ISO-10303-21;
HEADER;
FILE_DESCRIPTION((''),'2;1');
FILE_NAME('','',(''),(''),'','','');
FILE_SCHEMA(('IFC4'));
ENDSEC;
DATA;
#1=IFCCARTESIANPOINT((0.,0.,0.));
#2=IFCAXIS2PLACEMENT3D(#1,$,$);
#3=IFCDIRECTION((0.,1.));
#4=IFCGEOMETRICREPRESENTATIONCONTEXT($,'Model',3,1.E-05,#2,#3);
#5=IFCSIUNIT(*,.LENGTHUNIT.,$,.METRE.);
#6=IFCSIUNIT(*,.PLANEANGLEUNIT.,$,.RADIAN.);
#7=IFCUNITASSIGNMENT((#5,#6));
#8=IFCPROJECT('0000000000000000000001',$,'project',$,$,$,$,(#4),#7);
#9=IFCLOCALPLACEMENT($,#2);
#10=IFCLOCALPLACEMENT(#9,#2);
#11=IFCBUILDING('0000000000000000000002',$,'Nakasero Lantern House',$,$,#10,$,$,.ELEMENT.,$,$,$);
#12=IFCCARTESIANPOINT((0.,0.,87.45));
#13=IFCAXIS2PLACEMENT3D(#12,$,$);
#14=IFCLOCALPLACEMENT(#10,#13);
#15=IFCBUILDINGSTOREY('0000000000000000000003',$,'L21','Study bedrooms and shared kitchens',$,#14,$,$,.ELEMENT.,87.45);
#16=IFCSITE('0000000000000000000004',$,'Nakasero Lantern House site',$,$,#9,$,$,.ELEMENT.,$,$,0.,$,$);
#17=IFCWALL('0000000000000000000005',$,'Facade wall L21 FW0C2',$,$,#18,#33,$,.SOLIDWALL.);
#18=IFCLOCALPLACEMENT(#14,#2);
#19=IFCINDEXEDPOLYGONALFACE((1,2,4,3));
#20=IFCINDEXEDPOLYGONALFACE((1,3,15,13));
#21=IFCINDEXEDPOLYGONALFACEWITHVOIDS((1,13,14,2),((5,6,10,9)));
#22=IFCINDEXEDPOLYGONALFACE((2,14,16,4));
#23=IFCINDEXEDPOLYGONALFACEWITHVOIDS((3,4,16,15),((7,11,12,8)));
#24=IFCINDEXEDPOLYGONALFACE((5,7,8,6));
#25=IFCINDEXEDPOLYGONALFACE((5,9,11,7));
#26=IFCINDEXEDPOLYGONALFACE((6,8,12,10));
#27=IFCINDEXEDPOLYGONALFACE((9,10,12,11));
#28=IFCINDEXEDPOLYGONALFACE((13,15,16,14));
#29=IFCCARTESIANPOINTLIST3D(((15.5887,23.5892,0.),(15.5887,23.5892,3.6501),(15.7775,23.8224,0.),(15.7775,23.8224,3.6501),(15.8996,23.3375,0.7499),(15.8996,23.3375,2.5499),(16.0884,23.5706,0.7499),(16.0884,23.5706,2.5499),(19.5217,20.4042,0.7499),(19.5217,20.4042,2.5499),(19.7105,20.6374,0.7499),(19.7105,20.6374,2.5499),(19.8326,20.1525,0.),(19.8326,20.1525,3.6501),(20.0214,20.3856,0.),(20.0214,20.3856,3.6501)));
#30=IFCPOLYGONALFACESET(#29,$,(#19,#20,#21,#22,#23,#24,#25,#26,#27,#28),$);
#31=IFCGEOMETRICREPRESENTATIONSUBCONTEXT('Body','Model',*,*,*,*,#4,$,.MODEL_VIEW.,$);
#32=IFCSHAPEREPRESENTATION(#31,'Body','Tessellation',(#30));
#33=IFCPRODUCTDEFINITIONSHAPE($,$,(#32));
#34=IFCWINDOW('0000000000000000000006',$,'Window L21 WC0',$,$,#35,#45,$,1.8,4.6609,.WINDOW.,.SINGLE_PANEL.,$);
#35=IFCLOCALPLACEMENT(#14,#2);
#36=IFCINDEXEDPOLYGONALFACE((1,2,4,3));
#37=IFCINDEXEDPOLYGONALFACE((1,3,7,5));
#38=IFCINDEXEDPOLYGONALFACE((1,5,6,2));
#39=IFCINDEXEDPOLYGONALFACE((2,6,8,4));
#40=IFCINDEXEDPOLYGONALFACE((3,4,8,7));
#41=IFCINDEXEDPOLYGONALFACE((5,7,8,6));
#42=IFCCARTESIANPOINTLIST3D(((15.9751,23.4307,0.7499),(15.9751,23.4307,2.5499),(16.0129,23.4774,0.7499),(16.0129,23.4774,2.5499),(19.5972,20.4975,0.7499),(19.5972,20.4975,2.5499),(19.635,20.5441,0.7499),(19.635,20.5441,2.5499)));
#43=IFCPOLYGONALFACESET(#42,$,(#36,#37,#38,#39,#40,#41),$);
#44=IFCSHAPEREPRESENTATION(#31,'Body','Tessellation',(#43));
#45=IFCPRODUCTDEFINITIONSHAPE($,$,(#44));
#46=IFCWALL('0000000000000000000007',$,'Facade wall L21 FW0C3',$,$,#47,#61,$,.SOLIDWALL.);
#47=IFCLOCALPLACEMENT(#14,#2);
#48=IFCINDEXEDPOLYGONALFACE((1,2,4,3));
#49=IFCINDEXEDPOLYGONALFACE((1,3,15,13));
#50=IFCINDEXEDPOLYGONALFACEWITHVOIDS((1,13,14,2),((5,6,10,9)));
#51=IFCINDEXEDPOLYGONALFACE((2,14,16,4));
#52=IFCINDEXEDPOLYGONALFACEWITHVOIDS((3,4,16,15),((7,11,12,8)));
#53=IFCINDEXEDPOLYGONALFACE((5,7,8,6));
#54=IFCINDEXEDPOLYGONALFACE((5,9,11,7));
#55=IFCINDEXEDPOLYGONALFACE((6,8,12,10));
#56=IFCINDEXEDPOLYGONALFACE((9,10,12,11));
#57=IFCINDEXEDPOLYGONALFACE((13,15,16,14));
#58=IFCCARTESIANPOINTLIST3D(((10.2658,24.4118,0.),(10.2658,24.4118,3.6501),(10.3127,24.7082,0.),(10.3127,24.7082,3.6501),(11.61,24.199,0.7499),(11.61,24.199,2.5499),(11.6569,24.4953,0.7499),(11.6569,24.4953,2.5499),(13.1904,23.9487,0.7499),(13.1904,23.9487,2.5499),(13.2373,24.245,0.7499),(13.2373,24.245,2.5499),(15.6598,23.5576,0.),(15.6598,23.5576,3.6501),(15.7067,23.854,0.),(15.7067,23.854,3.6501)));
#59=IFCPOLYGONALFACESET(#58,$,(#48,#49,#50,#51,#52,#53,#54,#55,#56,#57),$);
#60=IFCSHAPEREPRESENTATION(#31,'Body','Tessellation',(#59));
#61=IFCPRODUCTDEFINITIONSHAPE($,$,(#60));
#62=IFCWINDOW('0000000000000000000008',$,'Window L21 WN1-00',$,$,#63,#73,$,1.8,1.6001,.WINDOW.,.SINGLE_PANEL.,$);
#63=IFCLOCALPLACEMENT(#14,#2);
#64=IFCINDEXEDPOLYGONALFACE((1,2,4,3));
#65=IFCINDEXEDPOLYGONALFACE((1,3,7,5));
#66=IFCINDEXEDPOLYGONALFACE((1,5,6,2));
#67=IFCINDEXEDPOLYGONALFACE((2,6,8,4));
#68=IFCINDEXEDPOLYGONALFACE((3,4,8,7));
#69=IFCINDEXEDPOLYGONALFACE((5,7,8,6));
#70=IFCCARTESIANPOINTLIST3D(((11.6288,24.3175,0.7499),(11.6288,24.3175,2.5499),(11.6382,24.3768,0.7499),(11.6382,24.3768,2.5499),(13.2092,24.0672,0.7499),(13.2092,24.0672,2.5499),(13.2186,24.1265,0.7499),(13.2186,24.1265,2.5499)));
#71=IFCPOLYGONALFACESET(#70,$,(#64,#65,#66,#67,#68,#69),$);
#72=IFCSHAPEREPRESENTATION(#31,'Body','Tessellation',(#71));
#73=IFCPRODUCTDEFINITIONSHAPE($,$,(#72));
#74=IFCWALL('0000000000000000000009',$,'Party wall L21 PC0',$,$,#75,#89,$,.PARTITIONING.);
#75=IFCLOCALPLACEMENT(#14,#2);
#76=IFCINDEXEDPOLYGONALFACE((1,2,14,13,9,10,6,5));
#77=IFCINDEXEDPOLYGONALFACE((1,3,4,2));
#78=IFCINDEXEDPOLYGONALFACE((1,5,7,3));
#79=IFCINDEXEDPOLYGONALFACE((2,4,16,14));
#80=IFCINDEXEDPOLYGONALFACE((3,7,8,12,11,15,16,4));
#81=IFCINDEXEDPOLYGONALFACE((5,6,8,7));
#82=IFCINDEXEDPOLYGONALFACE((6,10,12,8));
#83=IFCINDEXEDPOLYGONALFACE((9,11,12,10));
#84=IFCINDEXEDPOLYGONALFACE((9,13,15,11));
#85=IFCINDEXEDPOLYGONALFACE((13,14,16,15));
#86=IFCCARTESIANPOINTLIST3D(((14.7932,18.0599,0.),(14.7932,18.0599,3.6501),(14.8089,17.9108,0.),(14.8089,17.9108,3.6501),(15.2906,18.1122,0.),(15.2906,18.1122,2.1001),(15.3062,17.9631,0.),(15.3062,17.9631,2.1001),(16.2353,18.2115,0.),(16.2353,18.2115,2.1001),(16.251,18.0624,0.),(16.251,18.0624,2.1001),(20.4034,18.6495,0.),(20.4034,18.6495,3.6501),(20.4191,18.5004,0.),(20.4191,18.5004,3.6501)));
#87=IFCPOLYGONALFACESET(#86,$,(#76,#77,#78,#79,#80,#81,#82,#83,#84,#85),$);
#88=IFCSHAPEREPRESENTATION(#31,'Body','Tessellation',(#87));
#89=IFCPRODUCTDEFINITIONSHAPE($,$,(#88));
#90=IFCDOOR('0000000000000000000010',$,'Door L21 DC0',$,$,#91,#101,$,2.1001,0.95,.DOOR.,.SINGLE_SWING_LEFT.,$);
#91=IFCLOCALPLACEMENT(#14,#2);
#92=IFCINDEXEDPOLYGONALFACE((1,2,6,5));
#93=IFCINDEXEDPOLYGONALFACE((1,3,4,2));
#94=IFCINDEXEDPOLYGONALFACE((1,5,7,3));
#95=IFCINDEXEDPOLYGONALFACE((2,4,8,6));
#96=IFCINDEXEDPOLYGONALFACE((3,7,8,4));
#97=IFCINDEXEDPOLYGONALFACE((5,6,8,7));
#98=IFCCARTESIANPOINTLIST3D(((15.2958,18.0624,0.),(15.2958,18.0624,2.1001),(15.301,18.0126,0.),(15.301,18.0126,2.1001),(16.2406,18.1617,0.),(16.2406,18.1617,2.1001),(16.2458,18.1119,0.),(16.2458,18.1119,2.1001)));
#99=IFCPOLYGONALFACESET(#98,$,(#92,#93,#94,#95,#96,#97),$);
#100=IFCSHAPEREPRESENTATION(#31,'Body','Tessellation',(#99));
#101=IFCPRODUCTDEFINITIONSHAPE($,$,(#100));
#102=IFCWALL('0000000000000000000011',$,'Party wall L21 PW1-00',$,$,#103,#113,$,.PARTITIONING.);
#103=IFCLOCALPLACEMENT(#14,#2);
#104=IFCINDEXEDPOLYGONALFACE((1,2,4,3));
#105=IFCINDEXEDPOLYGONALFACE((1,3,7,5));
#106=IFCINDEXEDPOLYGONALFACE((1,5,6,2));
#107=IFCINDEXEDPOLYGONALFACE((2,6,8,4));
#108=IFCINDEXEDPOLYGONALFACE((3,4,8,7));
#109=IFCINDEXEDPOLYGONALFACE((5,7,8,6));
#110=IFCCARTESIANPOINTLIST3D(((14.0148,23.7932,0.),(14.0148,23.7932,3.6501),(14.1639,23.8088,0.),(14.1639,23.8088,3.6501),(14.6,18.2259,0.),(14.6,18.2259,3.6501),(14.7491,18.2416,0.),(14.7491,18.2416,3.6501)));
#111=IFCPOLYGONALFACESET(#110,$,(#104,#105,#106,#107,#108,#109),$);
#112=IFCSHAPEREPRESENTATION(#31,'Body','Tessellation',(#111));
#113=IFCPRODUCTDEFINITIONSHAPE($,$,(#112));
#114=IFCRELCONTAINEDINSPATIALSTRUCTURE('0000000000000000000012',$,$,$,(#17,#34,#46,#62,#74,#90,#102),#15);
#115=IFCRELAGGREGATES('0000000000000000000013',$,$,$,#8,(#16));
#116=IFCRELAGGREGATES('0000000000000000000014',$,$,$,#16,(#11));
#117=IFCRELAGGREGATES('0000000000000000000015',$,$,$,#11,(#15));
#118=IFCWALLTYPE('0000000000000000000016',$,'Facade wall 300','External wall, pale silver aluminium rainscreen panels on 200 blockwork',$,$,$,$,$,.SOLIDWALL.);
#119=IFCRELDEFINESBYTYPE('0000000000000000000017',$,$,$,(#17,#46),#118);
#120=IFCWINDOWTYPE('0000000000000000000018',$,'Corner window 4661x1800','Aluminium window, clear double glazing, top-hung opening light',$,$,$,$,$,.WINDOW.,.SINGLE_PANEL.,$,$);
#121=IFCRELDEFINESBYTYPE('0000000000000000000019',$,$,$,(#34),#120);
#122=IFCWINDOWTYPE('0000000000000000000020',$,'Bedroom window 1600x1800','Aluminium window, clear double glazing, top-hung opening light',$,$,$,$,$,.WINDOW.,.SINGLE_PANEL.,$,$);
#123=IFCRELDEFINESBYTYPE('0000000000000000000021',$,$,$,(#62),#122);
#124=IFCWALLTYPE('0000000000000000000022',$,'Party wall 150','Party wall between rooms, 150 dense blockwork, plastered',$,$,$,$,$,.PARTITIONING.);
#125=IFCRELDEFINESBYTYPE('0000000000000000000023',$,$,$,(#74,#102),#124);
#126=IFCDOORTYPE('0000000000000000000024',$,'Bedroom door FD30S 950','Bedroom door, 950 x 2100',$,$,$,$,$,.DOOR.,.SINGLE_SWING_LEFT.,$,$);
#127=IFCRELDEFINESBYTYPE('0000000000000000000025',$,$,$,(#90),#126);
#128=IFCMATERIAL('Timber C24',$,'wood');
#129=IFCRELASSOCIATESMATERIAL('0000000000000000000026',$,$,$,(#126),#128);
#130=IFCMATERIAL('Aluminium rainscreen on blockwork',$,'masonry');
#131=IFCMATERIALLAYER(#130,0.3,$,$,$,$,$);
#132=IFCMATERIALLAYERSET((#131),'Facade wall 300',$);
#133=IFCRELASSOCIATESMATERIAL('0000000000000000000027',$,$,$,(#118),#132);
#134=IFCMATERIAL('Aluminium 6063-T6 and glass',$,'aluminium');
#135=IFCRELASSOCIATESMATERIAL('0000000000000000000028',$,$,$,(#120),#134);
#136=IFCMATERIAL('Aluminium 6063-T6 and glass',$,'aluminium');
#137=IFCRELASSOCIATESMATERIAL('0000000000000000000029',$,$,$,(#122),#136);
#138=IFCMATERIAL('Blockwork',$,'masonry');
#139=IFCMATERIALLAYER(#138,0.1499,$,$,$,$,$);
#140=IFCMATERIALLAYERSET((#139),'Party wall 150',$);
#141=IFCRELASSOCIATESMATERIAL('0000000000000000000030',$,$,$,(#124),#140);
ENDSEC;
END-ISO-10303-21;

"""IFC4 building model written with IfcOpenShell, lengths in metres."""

from ifc_helpers import new_model, si_unit, direction, frame, frame_2d, origin, place, context, subcontext, project, spatial, rectangle, extrude, material, layer, layer_set, type_object, element, fill, save


model = new_model("IFC4")

# Units and contexts
model_context = context("Model", 3, precision=1e-05, world=origin(), true_north=direction((0.0, 1.0)))
body_context = subcontext(model_context, "Body", "Model", "MODEL_VIEW")
ifc_project = project(units=[si_unit("LENGTHUNIT", "METRE"), si_unit("PLANEANGLEUNIT", "RADIAN")], contexts=[model_context])

# Site, building, storey
site_placement = place(None, origin())
site = spatial("IfcSite", under=ifc_project, at=site_placement, Name="Nakasero Lantern House site", CompositionType="ELEMENT", RefElevation=0.0)
building_placement = place(site_placement, origin())
building = spatial("IfcBuilding", under=site, at=building_placement, Name="Nakasero Lantern House", CompositionType="ELEMENT")
storey_placement = place(building_placement, frame((0.0, 0.0, 87.45)))
storey = spatial("IfcBuildingStorey", under=building, at=storey_placement, Name="L21", Description="Study bedrooms and shared kitchens", CompositionType="ELEMENT", Elevation=87.45)

# Shared definitions
ifc_material_1 = material(Name="Timber C24", Category="wood")
door_type_1 = type_object("IfcDoorType", Name="Bedroom door FD30S 950", Description="Bedroom door, 950 x 2100", OperationType="SINGLE_SWING_LEFT", PredefinedType="DOOR", material=ifc_material_1)

# Walls, openings, windows
ifc_material_2 = material(Name="Aluminium rainscreen on blockwork", Category="masonry")
ifc_layer_1 = layer(ifc_material_2, 0.3)
ifc_layer_set_1 = layer_set([ifc_layer_1], Name="Facade wall 300")
wall_type_1 = type_object("IfcWallType", Name="Facade wall 300", Description="External wall, pale silver aluminium rainscreen panels on 200 blockwork", PredefinedType="SOLIDWALL", material=ifc_layer_set_1)
wall_1_placement = place(storey_placement, frame((19.927, 20.269, 0.0), z_axis=(0.0, 0.0, 1.0), x_axis=(-0.777135, 0.629335, 0.0)))
wall_1 = element("IfcWall", 1, at=wall_1_placement, inside=storey, type_object=wall_type_1, Name="Facade wall L21 FW0C2", PredefinedType="SOLIDWALL", context=body_context, shape_type="SweptSolid", body=[
    extrude(rectangle(XDim=5.4609, YDim=0.3, at=frame_2d((2.7305, 0.0))), origin(), (0.0, 0.0, 1.0), 3.6501),
])
opening_1_placement = place(wall_1_placement, frame((0.3999, 0.0, 0.75)))
opening_1 = element("IfcOpeningElement", 2, at=opening_1_placement, cuts=wall_1, PredefinedType="OPENING", context=body_context, shape_type="SweptSolid", body=[
    extrude(rectangle(XDim=4.6609, YDim=1.8, at=frame_2d((2.3306, 0.8999))), frame((0.0, 0.1699, 0.0), z_axis=(0.0, -1.0, 0.0), x_axis=(1.0, 0.0, 0.0)), (0.0, 0.0, 1.0), 0.3401),
])
ifc_material_3 = material(Name="Aluminium 6063-T6 and glass", Category="aluminium")
window_type_1 = type_object("IfcWindowType", Name="Corner window 4661x1800", Description="Aluminium window, clear double glazing, top-hung opening light", PartitioningType="SINGLE_PANEL", PredefinedType="WINDOW", material=ifc_material_3)
window_1_placement = place(opening_1_placement, origin())
window_1 = element("IfcWindow", 3, at=window_1_placement, inside=storey, type_object=window_type_1, Name="Window L21 WC0", OverallHeight=1.8, OverallWidth=4.6609, PartitioningType="SINGLE_PANEL", PredefinedType="WINDOW", context=body_context, shape_type="SweptSolid", body=[
    extrude(rectangle(XDim=4.6609, YDim=1.8, at=frame_2d((2.3306, 0.8999))), frame((0.0, 0.03, 0.0), z_axis=(0.0, -1.0, 0.0), x_axis=(1.0, 0.0, 0.0)), (0.0, 0.0, 1.0), 0.0601),
])
fill(opening_1, window_1)
wall_2_placement = place(storey_placement, frame((15.6831, 23.7058, 0.0), z_axis=(0.0, 0.0, 1.0), x_axis=(-0.987691, 0.156419, 0.0)))
wall_2 = element("IfcWall", 4, at=wall_2_placement, inside=storey, type_object=wall_type_1, Name="Facade wall L21 FW0C3", PredefinedType="SOLIDWALL", context=body_context, shape_type="SweptSolid", body=[
    extrude(rectangle(XDim=5.4612, YDim=0.3, at=frame_2d((2.7305, 0.0))), origin(), (0.0, 0.0, 1.0), 3.6501),
])
opening_2_placement = place(wall_2_placement, frame((2.5, 0.0, 0.75)))
opening_2 = element("IfcOpeningElement", 5, at=opening_2_placement, cuts=wall_2, PredefinedType="OPENING", context=body_context, shape_type="SweptSolid", body=[
    extrude(rectangle(XDim=1.6001, YDim=1.8, at=frame_2d((0.8, 0.8999))), frame((0.0, 0.1699, 0.0), z_axis=(0.0, -1.0, 0.0), x_axis=(1.0, 0.0, 0.0)), (0.0, 0.0, 1.0), 0.3401),
])
ifc_material_4 = material(Name="Aluminium 6063-T6 and glass", Category="aluminium")
window_type_2 = type_object("IfcWindowType", Name="Bedroom window 1600x1800", Description="Aluminium window, clear double glazing, top-hung opening light", PartitioningType="SINGLE_PANEL", PredefinedType="WINDOW", material=ifc_material_4)
window_2_placement = place(opening_2_placement, origin())
window_2 = element("IfcWindow", 6, at=window_2_placement, inside=storey, type_object=window_type_2, Name="Window L21 WN1-00", OverallHeight=1.8, OverallWidth=1.6001, PartitioningType="SINGLE_PANEL", PredefinedType="WINDOW", context=body_context, shape_type="SweptSolid", body=[
    extrude(rectangle(XDim=1.6001, YDim=1.8, at=frame_2d((0.8, 0.8999))), frame((0.0, 0.03, 0.0), z_axis=(0.0, -1.0, 0.0), x_axis=(1.0, 0.0, 0.0)), (0.0, 0.0, 1.0), 0.0601),
])
fill(opening_2, window_2)

# Wall, opening, door
ifc_material_5 = material(Name="Blockwork", Category="masonry")
ifc_layer_2 = layer(ifc_material_5, 0.1499)
ifc_layer_set_2 = layer_set([ifc_layer_2], Name="Party wall 150")
wall_type_2 = type_object("IfcWallType", Name="Party wall 150", Description="Party wall between rooms, 150 dense blockwork, plastered", PredefinedType="PARTITIONING", material=ifc_layer_set_2)
wall_3_placement = place(storey_placement, frame((14.801, 17.9854, 0.0), z_axis=(0.0, 0.0, 1.0), x_axis=(0.994523, 0.10452, 0.0)))
wall_3 = element("IfcWall", 7, at=wall_3_placement, inside=storey, type_object=wall_type_2, Name="Party wall L21 PC0", PredefinedType="PARTITIONING", context=body_context, shape_type="SweptSolid", body=[
    extrude(rectangle(XDim=5.6411, YDim=0.1499, at=frame_2d((2.8206, 0.0))), origin(), (0.0, 0.0, 1.0), 3.6501),
])
opening_3_placement = place(wall_3_placement, frame((0.5, 0.0, 0.0)))
opening_3 = element("IfcOpeningElement", 8, at=opening_3_placement, cuts=wall_3, PredefinedType="OPENING", context=body_context, shape_type="SweptSolid", body=[
    extrude(rectangle(XDim=0.95, YDim=2.1001, at=frame_2d((0.4751, 1.05))), frame((0.0, 0.095, 0.0), z_axis=(0.0, -1.0, 0.0), x_axis=(1.0, 0.0, 0.0)), (0.0, 0.0, 1.0), 0.1899),
])
door_1_placement = place(opening_3_placement, origin())
door_1 = element("IfcDoor", 9, at=door_1_placement, inside=storey, type_object=door_type_1, Name="Door L21 DC0", OperationType="SINGLE_SWING_LEFT", OverallHeight=2.1001, OverallWidth=0.95, PredefinedType="DOOR", context=body_context, shape_type="SweptSolid", body=[
    extrude(rectangle(XDim=0.95, YDim=2.1001, at=frame_2d((0.4751, 1.05))), frame((0.0, 0.0249, 0.0), z_axis=(0.0, -1.0, 0.0), x_axis=(1.0, 0.0, 0.0)), (0.0, 0.0, 1.0), 0.05),
])
fill(opening_3, door_1)

# Wall
wall_4_placement = place(storey_placement, frame((14.6746, 18.2339, 0.0), z_axis=(0.0, 0.0, 1.0), x_axis=(-0.104542, 0.99452, 0.0)))
element("IfcWall", 10, at=wall_4_placement, inside=storey, type_object=wall_type_2, Name="Party wall L21 PW1-00", PredefinedType="PARTITIONING", context=body_context, shape_type="SweptSolid", body=[
    extrude(rectangle(XDim=5.5979, YDim=0.1499, at=frame_2d((2.7988, 0.0))), origin(), (0.0, 0.0, 1.0), 3.6501),
])

save(model, "model.ifc")
